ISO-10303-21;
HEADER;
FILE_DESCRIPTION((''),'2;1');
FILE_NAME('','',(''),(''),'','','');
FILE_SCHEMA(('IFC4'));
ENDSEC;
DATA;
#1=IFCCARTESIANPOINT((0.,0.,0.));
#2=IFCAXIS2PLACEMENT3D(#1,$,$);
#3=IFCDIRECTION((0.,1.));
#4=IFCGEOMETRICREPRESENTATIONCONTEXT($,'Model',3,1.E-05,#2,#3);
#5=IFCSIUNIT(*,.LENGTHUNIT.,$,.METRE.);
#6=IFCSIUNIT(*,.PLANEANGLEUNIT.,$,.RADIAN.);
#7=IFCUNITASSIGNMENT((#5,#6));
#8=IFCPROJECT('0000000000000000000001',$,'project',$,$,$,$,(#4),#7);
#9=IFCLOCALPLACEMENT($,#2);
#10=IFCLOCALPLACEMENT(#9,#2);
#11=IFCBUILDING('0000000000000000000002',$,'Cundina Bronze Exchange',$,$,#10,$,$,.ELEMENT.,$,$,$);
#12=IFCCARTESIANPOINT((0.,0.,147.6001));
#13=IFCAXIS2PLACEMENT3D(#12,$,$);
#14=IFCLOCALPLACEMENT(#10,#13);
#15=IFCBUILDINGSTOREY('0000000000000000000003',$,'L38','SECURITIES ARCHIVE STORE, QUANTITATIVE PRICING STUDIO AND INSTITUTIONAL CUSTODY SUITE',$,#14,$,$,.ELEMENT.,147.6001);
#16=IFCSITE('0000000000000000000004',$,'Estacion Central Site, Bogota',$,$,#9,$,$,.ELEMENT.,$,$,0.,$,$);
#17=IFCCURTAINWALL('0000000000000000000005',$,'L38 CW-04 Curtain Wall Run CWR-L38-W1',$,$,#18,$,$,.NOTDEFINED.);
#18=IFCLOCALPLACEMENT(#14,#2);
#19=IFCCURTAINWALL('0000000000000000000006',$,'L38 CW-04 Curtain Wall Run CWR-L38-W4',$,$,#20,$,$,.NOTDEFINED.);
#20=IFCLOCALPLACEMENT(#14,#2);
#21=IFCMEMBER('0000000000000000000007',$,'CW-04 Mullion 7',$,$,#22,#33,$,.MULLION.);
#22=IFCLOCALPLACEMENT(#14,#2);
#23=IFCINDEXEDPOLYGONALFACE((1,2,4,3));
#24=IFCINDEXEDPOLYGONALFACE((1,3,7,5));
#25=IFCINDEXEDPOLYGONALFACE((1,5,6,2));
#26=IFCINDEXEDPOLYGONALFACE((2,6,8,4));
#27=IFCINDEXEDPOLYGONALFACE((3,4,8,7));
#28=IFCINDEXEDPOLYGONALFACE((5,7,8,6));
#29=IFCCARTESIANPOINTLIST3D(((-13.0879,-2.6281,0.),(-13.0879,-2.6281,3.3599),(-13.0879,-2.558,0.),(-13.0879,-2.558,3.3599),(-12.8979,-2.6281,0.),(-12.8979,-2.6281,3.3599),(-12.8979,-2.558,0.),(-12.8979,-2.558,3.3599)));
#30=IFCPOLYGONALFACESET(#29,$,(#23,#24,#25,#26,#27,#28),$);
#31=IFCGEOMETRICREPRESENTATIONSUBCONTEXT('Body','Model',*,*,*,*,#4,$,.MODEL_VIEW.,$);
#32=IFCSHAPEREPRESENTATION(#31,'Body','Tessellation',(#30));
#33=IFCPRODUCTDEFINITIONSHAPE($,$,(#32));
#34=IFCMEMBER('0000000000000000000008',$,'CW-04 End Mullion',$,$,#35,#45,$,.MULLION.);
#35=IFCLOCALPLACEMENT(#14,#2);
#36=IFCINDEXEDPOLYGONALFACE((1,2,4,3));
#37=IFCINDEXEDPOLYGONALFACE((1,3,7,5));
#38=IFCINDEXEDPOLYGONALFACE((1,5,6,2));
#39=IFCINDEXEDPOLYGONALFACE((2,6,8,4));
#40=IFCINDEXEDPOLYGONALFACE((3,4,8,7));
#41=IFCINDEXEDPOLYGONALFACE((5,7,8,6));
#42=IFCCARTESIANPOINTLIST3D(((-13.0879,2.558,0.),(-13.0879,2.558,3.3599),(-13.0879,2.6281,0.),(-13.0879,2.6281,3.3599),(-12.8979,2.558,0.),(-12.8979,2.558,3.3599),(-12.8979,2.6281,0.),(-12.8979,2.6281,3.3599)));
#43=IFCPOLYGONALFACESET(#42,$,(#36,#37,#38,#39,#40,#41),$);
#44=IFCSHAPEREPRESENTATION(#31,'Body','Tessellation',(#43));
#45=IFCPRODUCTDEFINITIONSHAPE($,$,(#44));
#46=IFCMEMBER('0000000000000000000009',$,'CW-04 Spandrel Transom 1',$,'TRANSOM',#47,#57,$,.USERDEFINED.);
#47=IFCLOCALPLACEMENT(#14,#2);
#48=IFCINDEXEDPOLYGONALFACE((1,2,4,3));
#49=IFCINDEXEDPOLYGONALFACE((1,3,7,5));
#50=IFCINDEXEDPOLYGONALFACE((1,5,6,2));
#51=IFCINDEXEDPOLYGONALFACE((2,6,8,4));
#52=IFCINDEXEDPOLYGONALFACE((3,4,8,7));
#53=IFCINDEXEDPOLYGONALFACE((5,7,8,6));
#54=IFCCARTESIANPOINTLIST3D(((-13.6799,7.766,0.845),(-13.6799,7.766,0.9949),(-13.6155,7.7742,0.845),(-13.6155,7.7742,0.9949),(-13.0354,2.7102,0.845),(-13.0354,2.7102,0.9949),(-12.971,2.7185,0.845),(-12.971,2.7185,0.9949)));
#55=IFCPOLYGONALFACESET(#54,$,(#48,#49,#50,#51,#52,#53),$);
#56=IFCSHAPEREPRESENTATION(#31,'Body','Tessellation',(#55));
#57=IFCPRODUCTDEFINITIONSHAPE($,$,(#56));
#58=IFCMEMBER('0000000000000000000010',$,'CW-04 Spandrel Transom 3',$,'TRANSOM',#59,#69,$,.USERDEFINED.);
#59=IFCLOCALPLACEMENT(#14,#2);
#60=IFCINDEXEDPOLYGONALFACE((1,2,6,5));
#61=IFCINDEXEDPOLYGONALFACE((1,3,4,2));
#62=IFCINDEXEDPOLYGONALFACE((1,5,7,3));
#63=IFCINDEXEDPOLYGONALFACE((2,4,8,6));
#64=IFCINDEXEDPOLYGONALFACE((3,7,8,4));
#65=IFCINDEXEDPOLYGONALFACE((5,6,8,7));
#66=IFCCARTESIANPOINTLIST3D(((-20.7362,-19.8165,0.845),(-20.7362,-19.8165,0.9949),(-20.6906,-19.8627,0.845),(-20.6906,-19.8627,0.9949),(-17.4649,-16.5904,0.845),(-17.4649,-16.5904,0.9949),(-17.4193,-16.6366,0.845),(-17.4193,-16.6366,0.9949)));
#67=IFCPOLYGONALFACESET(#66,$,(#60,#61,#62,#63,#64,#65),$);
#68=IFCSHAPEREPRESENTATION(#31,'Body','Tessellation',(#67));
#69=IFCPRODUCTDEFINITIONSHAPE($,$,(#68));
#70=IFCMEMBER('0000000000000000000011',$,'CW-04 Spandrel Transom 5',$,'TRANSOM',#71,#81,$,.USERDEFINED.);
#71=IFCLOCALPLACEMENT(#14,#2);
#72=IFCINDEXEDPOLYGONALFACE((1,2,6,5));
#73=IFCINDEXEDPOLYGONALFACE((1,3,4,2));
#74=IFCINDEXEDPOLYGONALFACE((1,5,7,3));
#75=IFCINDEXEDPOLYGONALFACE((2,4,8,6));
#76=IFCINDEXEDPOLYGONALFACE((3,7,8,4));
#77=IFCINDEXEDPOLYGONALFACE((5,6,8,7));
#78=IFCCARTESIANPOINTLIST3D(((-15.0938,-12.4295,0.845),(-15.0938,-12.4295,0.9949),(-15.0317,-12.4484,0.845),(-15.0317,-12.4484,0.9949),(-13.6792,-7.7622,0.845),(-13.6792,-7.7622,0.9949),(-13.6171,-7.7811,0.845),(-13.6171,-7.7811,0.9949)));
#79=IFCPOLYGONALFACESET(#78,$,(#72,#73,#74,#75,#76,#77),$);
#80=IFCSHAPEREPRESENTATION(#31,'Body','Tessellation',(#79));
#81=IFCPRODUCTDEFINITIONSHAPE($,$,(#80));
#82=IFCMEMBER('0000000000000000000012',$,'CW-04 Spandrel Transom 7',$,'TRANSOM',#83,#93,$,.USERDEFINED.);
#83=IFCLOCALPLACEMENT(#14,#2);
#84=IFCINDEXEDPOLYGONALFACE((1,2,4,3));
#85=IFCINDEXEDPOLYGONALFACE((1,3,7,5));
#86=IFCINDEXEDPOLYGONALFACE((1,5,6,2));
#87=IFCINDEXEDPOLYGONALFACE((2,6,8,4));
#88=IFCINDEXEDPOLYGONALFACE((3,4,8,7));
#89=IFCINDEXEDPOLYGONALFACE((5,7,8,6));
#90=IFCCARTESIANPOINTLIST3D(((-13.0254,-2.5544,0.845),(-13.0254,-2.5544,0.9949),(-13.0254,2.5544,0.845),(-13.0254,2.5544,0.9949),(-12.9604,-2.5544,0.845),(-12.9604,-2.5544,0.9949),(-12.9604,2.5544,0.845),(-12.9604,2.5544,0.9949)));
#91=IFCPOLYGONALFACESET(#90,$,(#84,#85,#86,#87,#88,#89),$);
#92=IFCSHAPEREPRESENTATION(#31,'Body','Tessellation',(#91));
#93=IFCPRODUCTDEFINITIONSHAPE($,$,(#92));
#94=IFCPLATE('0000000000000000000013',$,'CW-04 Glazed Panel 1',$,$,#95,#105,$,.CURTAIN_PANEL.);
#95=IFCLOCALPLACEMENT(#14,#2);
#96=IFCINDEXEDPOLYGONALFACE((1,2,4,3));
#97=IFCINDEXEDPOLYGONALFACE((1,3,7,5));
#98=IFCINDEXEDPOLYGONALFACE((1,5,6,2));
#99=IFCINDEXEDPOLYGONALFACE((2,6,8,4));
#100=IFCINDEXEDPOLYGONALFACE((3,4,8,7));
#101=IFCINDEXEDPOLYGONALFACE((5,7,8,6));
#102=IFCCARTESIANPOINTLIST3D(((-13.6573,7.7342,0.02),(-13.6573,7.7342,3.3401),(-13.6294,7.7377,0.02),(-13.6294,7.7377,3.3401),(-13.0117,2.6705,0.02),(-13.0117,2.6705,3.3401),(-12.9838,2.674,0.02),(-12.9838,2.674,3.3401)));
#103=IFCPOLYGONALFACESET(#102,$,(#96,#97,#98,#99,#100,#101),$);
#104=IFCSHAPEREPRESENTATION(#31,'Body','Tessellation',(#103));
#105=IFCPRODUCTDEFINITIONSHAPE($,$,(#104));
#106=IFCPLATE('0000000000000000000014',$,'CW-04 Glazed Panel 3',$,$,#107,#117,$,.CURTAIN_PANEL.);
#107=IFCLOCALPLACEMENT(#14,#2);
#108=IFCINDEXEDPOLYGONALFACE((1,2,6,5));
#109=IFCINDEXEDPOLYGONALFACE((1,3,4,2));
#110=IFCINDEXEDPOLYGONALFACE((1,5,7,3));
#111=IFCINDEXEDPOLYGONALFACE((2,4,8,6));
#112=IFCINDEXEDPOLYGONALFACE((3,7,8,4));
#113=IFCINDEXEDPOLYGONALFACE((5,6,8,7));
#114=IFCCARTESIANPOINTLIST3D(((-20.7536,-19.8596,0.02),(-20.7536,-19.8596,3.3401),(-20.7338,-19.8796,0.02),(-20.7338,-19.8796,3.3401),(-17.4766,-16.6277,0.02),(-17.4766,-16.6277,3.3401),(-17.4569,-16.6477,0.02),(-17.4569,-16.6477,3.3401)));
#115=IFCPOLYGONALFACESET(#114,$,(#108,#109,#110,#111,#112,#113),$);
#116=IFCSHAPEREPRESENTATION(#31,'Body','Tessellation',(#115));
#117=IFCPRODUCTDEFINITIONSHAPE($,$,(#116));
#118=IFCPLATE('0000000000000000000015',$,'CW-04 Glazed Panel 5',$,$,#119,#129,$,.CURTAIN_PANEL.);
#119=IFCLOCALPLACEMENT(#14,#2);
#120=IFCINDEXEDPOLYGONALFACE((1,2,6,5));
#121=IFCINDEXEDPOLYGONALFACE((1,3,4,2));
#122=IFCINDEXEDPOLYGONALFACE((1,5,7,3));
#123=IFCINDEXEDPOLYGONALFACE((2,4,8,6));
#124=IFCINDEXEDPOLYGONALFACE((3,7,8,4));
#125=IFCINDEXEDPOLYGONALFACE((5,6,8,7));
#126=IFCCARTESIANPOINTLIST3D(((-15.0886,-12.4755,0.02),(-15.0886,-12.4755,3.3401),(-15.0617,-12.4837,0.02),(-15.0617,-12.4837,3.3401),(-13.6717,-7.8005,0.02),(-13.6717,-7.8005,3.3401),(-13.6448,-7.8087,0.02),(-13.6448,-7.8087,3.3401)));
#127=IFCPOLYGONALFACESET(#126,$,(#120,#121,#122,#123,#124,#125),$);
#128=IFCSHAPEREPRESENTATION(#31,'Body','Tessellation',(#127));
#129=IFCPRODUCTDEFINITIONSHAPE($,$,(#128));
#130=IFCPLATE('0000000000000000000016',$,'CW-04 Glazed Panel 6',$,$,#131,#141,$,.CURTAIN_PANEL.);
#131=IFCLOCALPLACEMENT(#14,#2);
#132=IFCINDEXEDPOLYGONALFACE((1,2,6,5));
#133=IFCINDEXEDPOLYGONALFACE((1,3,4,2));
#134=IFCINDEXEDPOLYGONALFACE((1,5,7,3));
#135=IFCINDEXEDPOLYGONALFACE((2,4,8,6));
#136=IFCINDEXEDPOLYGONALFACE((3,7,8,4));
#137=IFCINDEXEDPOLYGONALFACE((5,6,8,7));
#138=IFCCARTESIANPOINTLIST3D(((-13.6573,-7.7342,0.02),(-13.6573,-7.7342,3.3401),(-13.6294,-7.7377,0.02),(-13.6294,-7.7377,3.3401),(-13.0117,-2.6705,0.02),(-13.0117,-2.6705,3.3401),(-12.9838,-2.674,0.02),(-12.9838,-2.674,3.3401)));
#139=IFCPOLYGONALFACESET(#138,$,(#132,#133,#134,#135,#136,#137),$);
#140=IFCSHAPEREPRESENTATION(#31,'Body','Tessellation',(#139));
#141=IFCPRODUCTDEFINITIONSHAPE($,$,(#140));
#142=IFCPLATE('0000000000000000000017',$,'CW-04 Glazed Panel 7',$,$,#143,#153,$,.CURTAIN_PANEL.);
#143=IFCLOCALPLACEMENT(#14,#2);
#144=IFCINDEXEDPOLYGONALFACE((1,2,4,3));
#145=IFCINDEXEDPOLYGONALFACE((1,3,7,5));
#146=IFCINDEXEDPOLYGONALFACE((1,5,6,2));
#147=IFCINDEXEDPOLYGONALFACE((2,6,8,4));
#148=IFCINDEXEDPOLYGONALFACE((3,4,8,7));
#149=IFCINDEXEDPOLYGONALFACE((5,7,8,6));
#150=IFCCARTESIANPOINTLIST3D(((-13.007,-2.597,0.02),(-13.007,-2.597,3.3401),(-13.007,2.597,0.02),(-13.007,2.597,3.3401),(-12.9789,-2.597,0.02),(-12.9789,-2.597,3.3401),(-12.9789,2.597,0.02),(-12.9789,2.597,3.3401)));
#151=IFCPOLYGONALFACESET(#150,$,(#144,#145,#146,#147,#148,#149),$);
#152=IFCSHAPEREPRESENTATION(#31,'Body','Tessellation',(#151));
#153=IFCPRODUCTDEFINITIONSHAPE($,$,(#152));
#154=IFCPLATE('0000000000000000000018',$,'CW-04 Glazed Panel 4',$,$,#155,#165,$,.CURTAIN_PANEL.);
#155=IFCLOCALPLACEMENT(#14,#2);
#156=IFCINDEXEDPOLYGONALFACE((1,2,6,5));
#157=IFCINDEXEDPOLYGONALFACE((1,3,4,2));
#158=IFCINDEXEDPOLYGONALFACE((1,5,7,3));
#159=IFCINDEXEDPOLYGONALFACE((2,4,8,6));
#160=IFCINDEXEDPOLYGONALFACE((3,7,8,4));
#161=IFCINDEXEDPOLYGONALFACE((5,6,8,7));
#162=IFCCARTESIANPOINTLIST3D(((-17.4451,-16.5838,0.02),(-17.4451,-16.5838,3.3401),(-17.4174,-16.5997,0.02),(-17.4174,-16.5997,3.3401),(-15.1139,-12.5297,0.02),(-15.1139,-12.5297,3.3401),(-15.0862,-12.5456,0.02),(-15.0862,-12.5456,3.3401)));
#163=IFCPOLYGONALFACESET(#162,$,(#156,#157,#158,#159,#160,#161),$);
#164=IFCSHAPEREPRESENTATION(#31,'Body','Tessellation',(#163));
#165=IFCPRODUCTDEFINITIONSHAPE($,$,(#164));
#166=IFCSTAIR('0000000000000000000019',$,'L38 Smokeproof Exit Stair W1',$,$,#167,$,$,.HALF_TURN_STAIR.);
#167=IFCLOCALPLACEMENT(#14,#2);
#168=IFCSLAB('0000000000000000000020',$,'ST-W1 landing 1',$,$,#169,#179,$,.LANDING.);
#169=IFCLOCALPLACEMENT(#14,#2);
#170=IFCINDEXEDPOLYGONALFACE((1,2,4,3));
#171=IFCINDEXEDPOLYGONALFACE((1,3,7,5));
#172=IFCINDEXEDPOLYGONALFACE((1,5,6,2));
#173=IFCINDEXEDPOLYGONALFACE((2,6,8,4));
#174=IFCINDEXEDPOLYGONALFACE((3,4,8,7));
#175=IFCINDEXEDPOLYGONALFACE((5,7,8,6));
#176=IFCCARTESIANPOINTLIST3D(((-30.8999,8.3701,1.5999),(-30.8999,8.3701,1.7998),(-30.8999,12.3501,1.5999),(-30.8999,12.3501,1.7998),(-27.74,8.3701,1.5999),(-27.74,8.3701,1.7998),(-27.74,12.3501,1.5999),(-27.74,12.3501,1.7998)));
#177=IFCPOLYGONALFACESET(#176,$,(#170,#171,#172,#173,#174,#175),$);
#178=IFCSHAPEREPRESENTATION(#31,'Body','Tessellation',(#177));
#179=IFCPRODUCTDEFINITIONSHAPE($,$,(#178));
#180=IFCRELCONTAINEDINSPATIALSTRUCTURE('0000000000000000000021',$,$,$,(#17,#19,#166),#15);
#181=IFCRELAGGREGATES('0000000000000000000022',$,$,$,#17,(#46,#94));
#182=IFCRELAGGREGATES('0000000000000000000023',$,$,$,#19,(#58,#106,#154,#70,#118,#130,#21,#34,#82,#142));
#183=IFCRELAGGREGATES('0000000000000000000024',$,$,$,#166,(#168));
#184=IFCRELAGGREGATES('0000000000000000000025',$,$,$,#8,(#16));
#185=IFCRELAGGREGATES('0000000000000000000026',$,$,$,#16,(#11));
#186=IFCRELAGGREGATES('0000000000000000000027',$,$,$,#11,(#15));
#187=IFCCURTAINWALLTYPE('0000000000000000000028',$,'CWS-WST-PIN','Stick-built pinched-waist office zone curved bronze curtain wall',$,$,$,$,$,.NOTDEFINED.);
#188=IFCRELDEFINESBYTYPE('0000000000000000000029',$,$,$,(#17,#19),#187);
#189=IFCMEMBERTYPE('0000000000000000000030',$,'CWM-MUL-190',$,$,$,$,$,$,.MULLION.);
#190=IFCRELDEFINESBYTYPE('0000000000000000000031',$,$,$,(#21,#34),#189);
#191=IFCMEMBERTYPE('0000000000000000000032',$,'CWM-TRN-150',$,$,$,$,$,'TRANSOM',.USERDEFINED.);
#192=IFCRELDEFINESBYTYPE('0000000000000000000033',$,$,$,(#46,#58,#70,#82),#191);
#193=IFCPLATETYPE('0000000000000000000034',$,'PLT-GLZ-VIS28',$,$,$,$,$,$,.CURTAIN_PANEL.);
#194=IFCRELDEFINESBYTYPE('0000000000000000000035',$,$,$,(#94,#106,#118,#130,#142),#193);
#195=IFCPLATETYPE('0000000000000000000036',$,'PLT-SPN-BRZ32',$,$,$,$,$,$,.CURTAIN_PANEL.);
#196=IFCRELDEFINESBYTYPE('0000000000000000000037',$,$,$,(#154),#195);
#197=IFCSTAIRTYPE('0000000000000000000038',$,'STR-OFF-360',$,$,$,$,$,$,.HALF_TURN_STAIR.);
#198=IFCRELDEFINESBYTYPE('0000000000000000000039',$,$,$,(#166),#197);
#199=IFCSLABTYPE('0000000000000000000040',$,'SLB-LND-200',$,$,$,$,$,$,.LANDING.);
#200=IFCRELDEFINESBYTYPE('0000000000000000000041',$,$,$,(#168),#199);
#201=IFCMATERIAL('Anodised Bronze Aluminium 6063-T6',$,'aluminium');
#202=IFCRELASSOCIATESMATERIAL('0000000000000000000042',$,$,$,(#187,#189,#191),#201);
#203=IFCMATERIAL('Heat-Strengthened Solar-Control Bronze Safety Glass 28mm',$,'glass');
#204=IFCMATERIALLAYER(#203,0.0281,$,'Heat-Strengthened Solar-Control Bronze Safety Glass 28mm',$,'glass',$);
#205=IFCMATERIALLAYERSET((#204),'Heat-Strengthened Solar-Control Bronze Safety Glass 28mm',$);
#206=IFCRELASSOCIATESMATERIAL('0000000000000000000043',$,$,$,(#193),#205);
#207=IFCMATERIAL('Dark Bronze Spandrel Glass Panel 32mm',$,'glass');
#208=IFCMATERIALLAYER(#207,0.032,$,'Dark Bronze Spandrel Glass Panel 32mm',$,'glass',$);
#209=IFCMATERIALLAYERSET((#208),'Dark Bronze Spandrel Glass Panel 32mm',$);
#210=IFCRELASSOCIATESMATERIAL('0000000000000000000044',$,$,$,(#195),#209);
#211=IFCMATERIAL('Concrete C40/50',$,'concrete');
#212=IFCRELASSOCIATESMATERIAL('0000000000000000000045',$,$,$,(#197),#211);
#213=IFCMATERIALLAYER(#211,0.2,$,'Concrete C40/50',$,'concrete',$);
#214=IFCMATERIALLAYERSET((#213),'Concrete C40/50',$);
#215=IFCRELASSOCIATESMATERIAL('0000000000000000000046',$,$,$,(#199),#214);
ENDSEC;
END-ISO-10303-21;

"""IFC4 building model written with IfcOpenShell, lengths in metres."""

from ifc_helpers import new_model, si_unit, direction, frame, origin, origin_2d, place, context, subcontext, project, spatial, polyline, rectangle, outline, extrude, material, layer, layer_set, material_profile, profile_set, type_object, element, aggregate, save


model = new_model("IFC4")

# Units and contexts
model_context = context("Model", 3, precision=1e-05, world=origin(), true_north=direction((0.0, 1.0)))
body_context = subcontext(model_context, "Body", "Model", "MODEL_VIEW")
ifc_project = project(units=[si_unit("LENGTHUNIT", "METRE"), si_unit("PLANEANGLEUNIT", "RADIAN")], contexts=[model_context])

# Site, building, storey
site_placement = place(None, origin())
site = spatial("IfcSite", under=ifc_project, at=site_placement, Name="Estacion Central Site, Bogota", CompositionType="ELEMENT", RefElevation=0.0)
building_placement = place(site_placement, origin())
building = spatial("IfcBuilding", under=site, at=building_placement, Name="Cundina Bronze Exchange", CompositionType="ELEMENT")
storey_placement = place(building_placement, frame((0.0, 0.0, 147.6001)))
storey = spatial("IfcBuildingStorey", under=building, at=storey_placement, Name="L38", Description="SECURITIES ARCHIVE STORE, QUANTITATIVE PRICING STUDIO AND INSTITUTIONAL CUSTODY SUITE", CompositionType="ELEMENT", Elevation=147.6001)

# Curtain wall
ifc_material_1 = material(Name="Anodised Bronze Aluminium 6063-T6", Category="aluminium")
curtain_wall_type = type_object("IfcCurtainWallType", Name="CWS-WST-PIN", Description="Stick-built pinched-waist office zone curved bronze curtain wall", PredefinedType="NOTDEFINED", material=ifc_material_1)
curtain_wall_1_placement = place(storey_placement, origin())
curtain_wall_1 = element("IfcCurtainWall", 1, at=curtain_wall_1_placement, inside=storey, type_object=curtain_wall_type, Name="L38 CW-04 Curtain Wall Run CWR-L38-W1", PredefinedType="NOTDEFINED")
ifc_material_profile_1 = material_profile(ifc_material_1, rectangle(XDim=0.0701, YDim=0.1899, at=origin_2d()), Name="AL70X190", Category="aluminium")
ifc_profile_set_1 = profile_set([ifc_material_profile_1], Name="Anodised Bronze Aluminium 6063-T6")
member_type_1 = type_object("IfcMemberType", Name="CWM-MUL-190", PredefinedType="MULLION", material=ifc_profile_set_1)

# Curtain wall, members
curtain_wall_2_placement = place(storey_placement, origin())
curtain_wall_2 = element("IfcCurtainWall", 2, at=curtain_wall_2_placement, inside=storey, type_object=curtain_wall_type, Name="L38 CW-04 Curtain Wall Run CWR-L38-W4", PredefinedType="NOTDEFINED")
member_1_placement = place(storey_placement, frame((-12.9929, -2.593, 0.0), z_axis=(0.0, 0.0, 1.0), x_axis=(0.0, 1.0, 0.0)))
member_1 = element("IfcMember", 3, at=member_1_placement, type_object=member_type_1, Name="CW-04 Mullion 7", PredefinedType="MULLION", context=body_context, shape_type="SweptSolid", body=[
    extrude(rectangle(XDim=0.0701, YDim=0.1899, at=origin_2d()), origin(), (0.0, 0.0, 1.0), 3.3599),
])
member_2_placement = place(storey_placement, frame((-12.9929, 2.593, 0.0), z_axis=(0.0, 0.0, 1.0), x_axis=(0.0, 1.0, 0.0)))
member_2 = element("IfcMember", 4, at=member_2_placement, type_object=member_type_1, Name="CW-04 End Mullion", PredefinedType="MULLION", context=body_context, shape_type="SweptSolid", body=[
    extrude(rectangle(XDim=0.0701, YDim=0.1899, at=origin_2d()), origin(), (0.0, 0.0, 1.0), 3.3599),
])

# Members
ifc_material_profile_2 = material_profile(ifc_material_1, rectangle(XDim=0.0649, YDim=0.1499, at=origin_2d()), Name="AL65X150", Category="aluminium")
ifc_profile_set_2 = profile_set([ifc_material_profile_2], Name="Anodised Bronze Aluminium 6063-T6")
member_type_2 = type_object("IfcMemberType", Name="CWM-TRN-150", ElementType="TRANSOM", PredefinedType="USERDEFINED", material=ifc_profile_set_2)
member_3_placement = place(storey_placement, frame((-13.0032, 2.7144, 0.9199), z_axis=(-0.126463, 0.991971, 0.0), x_axis=(-0.991971, -0.126463, 0.0)))
member_3 = element("IfcMember", 5, at=member_3_placement, type_object=member_type_2, Name="CW-04 Spandrel Transom 1", ObjectType="TRANSOM", PredefinedType="USERDEFINED", context=body_context, shape_type="SweptSolid", body=[
    extrude(rectangle(XDim=0.0649, YDim=0.1499, at=origin_2d()), origin(), (0.0, 0.0, 1.0), 5.0967),
])
member_4_placement = place(storey_placement, frame((-20.7134, -19.8396, 0.9199), z_axis=(0.712005, 0.702174, 0.0), x_axis=(-0.702174, 0.712005, 0.0)))
member_4 = element("IfcMember", 6, at=member_4_placement, type_object=member_type_2, Name="CW-04 Spandrel Transom 3", ObjectType="TRANSOM", PredefinedType="USERDEFINED", context=body_context, shape_type="SweptSolid", body=[
    extrude(rectangle(XDim=0.0649, YDim=0.1499, at=origin_2d()), origin(), (0.0, 0.0, 1.0), 4.5945),
])
member_5_placement = place(storey_placement, frame((-15.0627, -12.439, 0.9199), z_axis=(0.290052, 0.957011, 0.0), x_axis=(-0.957011, 0.290052, 0.0)))
member_5 = element("IfcMember", 7, at=member_5_placement, type_object=member_type_2, Name="CW-04 Spandrel Transom 5", ObjectType="TRANSOM", PredefinedType="USERDEFINED", context=body_context, shape_type="SweptSolid", body=[
    extrude(rectangle(XDim=0.0649, YDim=0.1499, at=origin_2d()), origin(), (0.0, 0.0, 1.0), 4.877),
])
member_6_placement = place(storey_placement, frame((-12.9929, -2.5544, 0.9199), z_axis=(0.0, 1.0, 0.0), x_axis=(-1.0, 0.0, 0.0)))
member_6 = element("IfcMember", 8, at=member_6_placement, type_object=member_type_2, Name="CW-04 Spandrel Transom 7", ObjectType="TRANSOM", PredefinedType="USERDEFINED", context=body_context, shape_type="SweptSolid", body=[
    extrude(rectangle(XDim=0.0649, YDim=0.1499, at=origin_2d()), origin(), (0.0, 0.0, 1.0), 5.1089),
])

# Plates
ifc_material_2 = material(Name="Heat-Strengthened Solar-Control Bronze Safety Glass 28mm", Category="glass")
ifc_layer_1 = layer(ifc_material_2, 0.0281, Name="Heat-Strengthened Solar-Control Bronze Safety Glass 28mm", Category="glass")
ifc_layer_set_1 = layer_set([ifc_layer_1], Name="Heat-Strengthened Solar-Control Bronze Safety Glass 28mm")
plate_type_1 = type_object("IfcPlateType", Name="PLT-GLZ-VIS28", PredefinedType="CURTAIN_PANEL", material=ifc_layer_set_1)
plate_1_placement = place(storey_placement, frame((-13.3206, 5.2041, 0.02), z_axis=(0.0, 0.0, 1.0), x_axis=(-0.126476, 0.99197, 0.0)))
plate_1 = element("IfcPlate", 9, at=plate_1_placement, type_object=plate_type_1, Name="CW-04 Glazed Panel 1", PredefinedType="CURTAIN_PANEL", context=body_context, shape_type="SweptSolid", body=[
    extrude(rectangle(XDim=5.1047, YDim=0.0281, at=origin_2d()), origin(), (0.0, 0.0, 1.0), 3.3201),
])
aggregate(curtain_wall_1, [member_3, plate_1])
plate_2_placement = place(storey_placement, frame((-19.1052, -18.2537, 0.02), z_axis=(0.0, 0.0, 1.0), x_axis=(0.711989, 0.70219, 0.0)))
plate_2 = element("IfcPlate", 10, at=plate_2_placement, type_object=plate_type_1, Name="CW-04 Glazed Panel 3", PredefinedType="CURTAIN_PANEL", context=body_context, shape_type="SweptSolid", body=[
    extrude(rectangle(XDim=4.6025, YDim=0.0281, at=origin_2d()), origin(), (0.0, 0.0, 1.0), 3.3201),
])
plate_3_placement = place(storey_placement, frame((-14.3667, -10.1421, 0.02), z_axis=(0.0, 0.0, 1.0), x_axis=(0.290051, 0.957011, 0.0)))
plate_3 = element("IfcPlate", 11, at=plate_3_placement, type_object=plate_type_1, Name="CW-04 Glazed Panel 5", PredefinedType="CURTAIN_PANEL", context=body_context, shape_type="SweptSolid", body=[
    extrude(rectangle(XDim=4.885, YDim=0.0281, at=origin_2d()), origin(), (0.0, 0.0, 1.0), 3.3201),
])
plate_4_placement = place(storey_placement, frame((-13.3206, -5.2041, 0.02), z_axis=(0.0, 0.0, 1.0), x_axis=(0.126476, 0.99197, 0.0)))
plate_4 = element("IfcPlate", 12, at=plate_4_placement, type_object=plate_type_1, Name="CW-04 Glazed Panel 6", PredefinedType="CURTAIN_PANEL", context=body_context, shape_type="SweptSolid", body=[
    extrude(rectangle(XDim=5.1047, YDim=0.0281, at=origin_2d()), origin(), (0.0, 0.0, 1.0), 3.3201),
])
plate_5_placement = place(storey_placement, frame((-12.9929, 0.0, 0.02), z_axis=(0.0, 0.0, 1.0), x_axis=(0.0, 1.0, 0.0)))
plate_5 = element("IfcPlate", 13, at=plate_5_placement, type_object=plate_type_1, Name="CW-04 Glazed Panel 7", PredefinedType="CURTAIN_PANEL", context=body_context, shape_type="SweptSolid", body=[
    extrude(rectangle(XDim=5.1941, YDim=0.0281, at=origin_2d()), origin(), (0.0, 0.0, 1.0), 3.3201),
])
ifc_material_3 = material(Name="Dark Bronze Spandrel Glass Panel 32mm", Category="glass")
ifc_layer_2 = layer(ifc_material_3, 0.032, Name="Dark Bronze Spandrel Glass Panel 32mm", Category="glass")
ifc_layer_set_2 = layer_set([ifc_layer_2], Name="Dark Bronze Spandrel Glass Panel 32mm")
plate_type_2 = type_object("IfcPlateType", Name="PLT-SPN-BRZ32", PredefinedType="CURTAIN_PANEL", material=ifc_layer_set_2)
plate_6_placement = place(storey_placement, frame((-16.2656, -14.5647, 0.02), z_axis=(0.0, 0.0, 1.0), x_axis=(0.498488, 0.866897, 0.0)))
plate_6 = element("IfcPlate", 14, at=plate_6_placement, type_object=plate_type_2, Name="CW-04 Glazed Panel 4", PredefinedType="CURTAIN_PANEL", context=body_context, shape_type="SweptSolid", body=[
    extrude(rectangle(XDim=4.6765, YDim=0.032, at=origin_2d()), origin(), (0.0, 0.0, 1.0), 3.3201),
])
aggregate(curtain_wall_2, [member_4, plate_2, plate_6, member_5, plate_3, plate_4, member_1, member_2, member_6, plate_5])

# Stair, slab
ifc_material_4 = material(Name="Concrete C40/50", Category="concrete")
stair_type = type_object("IfcStairType", Name="STR-OFF-360", PredefinedType="HALF_TURN_STAIR", material=ifc_material_4)
stair_placement = place(storey_placement, origin())
stair = element("IfcStair", 15, at=stair_placement, inside=storey, type_object=stair_type, Name="L38 Smokeproof Exit Stair W1", PredefinedType="HALF_TURN_STAIR")
ifc_layer_3 = layer(ifc_material_4, 0.2, Name="Concrete C40/50", Category="concrete")
ifc_layer_set_3 = layer_set([ifc_layer_3], Name="Concrete C40/50")
slab_type_1 = type_object("IfcSlabType", Name="SLB-LND-200", PredefinedType="LANDING", material=ifc_layer_set_3)
slab_1_placement = place(storey_placement, frame((0.0, 0.0, 1.5999)))
slab_1 = element("IfcSlab", 16, at=slab_1_placement, type_object=slab_type_1, Name="ST-W1 landing 1", PredefinedType="LANDING", context=body_context, shape_type="SweptSolid", body=[
    extrude(outline(polyline([(-27.74, 8.3701), (-27.74, 12.3501), (-30.8999, 12.3501), (-30.8999, 8.3701), (-27.74, 8.3701)])), origin(), (0.0, 0.0, 1.0), 0.2),
])
aggregate(stair, [slab_1])

save(model, "model.ifc")
